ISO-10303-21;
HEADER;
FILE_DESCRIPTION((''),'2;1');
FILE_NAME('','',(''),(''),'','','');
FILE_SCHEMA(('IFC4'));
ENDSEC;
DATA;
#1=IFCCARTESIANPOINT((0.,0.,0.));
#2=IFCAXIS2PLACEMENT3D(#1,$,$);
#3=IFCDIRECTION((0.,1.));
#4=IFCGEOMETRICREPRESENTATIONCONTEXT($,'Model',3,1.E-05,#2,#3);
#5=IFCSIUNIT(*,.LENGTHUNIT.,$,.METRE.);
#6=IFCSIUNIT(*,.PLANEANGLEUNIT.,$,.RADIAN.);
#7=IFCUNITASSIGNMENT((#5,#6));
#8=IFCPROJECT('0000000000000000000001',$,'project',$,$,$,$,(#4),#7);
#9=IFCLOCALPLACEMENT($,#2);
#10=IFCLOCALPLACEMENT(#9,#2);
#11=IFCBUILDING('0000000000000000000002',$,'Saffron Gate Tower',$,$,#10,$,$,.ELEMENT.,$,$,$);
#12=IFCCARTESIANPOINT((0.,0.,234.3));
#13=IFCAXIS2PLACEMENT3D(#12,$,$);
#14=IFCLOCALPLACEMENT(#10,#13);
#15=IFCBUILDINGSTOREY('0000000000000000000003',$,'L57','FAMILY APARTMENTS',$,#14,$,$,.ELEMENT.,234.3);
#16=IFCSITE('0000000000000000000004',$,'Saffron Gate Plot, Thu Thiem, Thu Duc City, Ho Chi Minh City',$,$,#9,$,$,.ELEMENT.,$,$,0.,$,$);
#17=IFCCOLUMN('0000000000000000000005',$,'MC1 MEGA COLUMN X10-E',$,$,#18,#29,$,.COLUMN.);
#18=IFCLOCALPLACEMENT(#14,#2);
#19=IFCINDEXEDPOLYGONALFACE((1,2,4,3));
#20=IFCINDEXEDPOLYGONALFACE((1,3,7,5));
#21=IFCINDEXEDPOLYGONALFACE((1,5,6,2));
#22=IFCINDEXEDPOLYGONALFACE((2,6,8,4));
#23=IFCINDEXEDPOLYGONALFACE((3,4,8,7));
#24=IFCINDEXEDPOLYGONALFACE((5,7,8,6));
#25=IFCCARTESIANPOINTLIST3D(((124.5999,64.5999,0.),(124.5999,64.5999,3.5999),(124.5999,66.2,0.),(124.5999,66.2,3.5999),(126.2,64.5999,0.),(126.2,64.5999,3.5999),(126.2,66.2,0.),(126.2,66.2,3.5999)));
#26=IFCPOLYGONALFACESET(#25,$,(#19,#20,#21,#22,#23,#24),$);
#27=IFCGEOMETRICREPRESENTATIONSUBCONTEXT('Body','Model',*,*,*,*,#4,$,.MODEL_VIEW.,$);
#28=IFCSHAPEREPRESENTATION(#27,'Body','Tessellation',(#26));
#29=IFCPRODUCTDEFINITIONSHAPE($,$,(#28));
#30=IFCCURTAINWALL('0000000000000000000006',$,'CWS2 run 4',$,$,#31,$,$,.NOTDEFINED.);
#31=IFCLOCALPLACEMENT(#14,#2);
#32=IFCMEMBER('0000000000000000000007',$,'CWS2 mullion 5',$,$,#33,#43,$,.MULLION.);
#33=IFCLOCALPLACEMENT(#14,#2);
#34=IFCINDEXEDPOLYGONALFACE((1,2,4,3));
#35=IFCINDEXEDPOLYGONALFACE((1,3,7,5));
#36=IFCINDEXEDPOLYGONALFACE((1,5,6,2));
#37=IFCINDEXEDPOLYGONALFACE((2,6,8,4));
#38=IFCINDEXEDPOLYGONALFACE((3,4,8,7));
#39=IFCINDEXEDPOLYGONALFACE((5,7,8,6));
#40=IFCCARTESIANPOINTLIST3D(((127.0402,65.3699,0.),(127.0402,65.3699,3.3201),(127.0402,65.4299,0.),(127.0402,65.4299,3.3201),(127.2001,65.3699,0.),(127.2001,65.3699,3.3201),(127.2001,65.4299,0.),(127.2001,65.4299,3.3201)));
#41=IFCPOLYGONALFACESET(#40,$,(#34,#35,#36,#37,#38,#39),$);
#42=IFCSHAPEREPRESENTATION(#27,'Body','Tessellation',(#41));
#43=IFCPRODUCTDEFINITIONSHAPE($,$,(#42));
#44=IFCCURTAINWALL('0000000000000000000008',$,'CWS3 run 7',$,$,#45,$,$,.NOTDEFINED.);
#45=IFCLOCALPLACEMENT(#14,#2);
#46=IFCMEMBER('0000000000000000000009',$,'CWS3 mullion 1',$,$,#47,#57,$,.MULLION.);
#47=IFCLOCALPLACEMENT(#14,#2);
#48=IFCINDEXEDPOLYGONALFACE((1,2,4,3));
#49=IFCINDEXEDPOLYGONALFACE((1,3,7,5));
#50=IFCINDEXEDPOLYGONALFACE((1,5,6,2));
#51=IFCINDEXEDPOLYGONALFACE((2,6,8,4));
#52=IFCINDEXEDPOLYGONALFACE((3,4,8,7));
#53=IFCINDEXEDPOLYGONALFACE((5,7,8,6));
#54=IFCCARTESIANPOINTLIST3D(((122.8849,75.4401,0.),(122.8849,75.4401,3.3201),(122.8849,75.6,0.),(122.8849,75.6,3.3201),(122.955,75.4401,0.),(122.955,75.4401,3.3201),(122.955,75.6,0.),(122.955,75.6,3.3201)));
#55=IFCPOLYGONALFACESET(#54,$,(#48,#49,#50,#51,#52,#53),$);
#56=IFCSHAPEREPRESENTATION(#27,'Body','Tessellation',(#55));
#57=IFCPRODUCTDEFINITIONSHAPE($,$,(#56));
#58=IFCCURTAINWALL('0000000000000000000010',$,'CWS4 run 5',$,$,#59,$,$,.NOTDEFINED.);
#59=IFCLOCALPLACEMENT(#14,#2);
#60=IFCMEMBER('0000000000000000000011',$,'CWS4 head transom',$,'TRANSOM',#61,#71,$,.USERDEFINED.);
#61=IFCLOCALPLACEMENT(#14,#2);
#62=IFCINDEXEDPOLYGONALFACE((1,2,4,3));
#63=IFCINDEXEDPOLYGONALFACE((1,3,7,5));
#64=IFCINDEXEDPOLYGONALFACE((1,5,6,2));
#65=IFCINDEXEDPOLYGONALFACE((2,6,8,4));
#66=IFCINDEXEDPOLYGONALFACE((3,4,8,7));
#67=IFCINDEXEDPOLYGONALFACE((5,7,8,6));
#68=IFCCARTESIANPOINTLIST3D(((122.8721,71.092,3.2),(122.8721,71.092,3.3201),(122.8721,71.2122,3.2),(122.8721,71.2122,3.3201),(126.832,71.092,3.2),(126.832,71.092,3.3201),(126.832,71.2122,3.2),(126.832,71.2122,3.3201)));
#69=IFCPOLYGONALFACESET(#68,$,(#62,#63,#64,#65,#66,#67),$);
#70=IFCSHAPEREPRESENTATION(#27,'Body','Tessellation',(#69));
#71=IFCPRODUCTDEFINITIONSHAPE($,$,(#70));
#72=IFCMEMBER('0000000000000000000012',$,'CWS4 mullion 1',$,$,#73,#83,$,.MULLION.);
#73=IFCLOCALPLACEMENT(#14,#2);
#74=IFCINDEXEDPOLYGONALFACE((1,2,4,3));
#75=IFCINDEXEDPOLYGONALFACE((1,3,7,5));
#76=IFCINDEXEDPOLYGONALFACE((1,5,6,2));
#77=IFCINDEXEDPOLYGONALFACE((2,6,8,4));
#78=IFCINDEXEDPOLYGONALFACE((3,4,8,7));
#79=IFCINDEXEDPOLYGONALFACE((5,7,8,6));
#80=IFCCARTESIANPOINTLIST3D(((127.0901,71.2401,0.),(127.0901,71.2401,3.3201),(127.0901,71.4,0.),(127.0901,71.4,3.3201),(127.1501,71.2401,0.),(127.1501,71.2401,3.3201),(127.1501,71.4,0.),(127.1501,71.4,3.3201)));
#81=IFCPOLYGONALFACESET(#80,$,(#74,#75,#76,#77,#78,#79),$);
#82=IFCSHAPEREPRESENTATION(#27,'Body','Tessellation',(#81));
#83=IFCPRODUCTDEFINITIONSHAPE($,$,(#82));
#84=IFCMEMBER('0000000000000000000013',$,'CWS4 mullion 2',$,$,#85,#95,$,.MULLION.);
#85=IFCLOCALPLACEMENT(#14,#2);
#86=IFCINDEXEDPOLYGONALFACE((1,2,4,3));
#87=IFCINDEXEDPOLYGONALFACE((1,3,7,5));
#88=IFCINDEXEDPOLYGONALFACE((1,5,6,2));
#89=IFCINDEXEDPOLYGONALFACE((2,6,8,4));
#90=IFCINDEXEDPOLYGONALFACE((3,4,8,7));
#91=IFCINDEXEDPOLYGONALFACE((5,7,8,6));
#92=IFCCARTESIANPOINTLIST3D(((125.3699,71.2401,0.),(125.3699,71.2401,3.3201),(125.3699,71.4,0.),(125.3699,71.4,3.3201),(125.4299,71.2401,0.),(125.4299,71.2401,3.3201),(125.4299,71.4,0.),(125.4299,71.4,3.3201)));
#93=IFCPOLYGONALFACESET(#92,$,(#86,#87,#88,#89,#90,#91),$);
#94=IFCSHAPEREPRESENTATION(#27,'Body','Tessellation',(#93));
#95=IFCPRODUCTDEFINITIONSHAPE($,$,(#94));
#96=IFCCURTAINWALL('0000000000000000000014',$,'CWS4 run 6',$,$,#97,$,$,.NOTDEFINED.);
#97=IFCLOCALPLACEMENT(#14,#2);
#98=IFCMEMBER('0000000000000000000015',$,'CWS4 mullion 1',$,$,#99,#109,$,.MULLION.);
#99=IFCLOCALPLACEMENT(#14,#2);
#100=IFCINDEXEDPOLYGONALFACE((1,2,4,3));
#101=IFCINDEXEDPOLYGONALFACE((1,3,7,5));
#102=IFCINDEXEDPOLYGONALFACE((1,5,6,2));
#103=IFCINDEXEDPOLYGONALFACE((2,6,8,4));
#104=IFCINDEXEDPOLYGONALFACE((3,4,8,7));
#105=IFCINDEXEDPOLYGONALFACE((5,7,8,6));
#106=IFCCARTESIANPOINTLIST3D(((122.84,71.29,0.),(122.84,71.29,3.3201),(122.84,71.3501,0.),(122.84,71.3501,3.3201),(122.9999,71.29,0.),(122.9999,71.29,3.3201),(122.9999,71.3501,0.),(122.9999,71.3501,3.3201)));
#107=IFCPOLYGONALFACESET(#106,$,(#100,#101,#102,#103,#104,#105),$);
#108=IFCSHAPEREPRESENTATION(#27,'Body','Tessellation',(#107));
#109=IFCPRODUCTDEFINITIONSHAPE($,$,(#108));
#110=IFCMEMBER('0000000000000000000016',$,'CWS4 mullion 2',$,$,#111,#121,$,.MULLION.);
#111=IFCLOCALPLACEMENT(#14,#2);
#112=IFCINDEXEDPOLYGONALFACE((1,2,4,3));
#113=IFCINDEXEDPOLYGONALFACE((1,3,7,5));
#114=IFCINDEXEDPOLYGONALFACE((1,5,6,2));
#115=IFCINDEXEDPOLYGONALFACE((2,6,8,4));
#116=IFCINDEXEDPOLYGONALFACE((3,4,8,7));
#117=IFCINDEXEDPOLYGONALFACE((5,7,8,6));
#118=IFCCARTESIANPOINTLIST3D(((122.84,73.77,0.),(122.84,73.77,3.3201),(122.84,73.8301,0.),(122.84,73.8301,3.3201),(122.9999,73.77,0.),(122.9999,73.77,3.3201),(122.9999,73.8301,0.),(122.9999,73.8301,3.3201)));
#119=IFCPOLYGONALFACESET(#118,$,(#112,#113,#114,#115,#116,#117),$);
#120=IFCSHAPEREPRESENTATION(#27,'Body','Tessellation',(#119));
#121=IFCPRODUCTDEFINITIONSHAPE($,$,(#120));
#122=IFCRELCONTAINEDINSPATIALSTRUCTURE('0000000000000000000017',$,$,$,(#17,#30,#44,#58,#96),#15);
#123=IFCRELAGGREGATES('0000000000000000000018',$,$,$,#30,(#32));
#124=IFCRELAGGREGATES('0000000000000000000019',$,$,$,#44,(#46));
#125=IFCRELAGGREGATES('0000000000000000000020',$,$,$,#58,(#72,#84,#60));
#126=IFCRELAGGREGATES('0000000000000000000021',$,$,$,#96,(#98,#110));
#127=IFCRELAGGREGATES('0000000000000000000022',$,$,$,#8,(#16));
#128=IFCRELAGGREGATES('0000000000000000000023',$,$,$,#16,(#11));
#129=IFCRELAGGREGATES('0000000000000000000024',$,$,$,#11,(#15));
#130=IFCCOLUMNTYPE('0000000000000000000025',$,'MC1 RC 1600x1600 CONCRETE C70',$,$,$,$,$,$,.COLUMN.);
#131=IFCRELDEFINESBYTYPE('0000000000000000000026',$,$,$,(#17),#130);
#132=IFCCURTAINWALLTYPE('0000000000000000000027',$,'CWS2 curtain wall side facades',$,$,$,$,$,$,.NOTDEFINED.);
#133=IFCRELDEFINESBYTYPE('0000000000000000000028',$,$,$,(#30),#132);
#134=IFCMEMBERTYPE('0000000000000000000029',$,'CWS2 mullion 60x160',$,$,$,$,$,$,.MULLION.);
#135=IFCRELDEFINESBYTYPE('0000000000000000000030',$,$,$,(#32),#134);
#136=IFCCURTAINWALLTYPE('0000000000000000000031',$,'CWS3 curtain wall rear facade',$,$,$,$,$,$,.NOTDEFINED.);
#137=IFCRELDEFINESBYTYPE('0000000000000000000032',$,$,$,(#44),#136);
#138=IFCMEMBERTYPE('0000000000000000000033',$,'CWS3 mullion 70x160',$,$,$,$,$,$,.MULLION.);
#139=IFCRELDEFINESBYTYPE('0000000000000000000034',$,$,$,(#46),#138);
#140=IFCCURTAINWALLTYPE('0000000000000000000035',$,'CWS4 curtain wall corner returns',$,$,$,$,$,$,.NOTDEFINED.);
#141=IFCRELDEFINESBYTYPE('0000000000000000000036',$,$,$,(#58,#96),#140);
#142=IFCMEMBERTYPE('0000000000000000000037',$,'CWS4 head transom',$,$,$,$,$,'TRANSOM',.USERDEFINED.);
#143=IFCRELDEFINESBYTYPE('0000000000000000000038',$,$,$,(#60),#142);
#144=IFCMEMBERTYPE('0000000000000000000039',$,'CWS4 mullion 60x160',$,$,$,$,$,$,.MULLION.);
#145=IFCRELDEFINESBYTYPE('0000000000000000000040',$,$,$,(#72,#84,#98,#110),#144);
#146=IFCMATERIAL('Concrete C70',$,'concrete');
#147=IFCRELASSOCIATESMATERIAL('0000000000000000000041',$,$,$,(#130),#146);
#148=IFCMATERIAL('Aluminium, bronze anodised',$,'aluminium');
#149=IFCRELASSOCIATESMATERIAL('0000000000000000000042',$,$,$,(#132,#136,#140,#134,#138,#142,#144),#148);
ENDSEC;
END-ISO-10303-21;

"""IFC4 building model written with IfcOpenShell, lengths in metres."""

from ifc_helpers import new_model, si_unit, direction, frame, origin, origin_2d, place, context, subcontext, project, spatial, rectangle, extrude, material, material_profile, profile_set, type_object, element, aggregate, save


model = new_model("IFC4")

# Units and contexts
model_context = context("Model", 3, precision=1e-05, world=origin(), true_north=direction((0.0, 1.0)))
body_context = subcontext(model_context, "Body", "Model", "MODEL_VIEW")
ifc_project = project(units=[si_unit("LENGTHUNIT", "METRE"), si_unit("PLANEANGLEUNIT", "RADIAN")], contexts=[model_context])

# Site, building, storey
site_placement = place(None, origin())
site = spatial("IfcSite", under=ifc_project, at=site_placement, Name="Saffron Gate Plot, Thu Thiem, Thu Duc City, Ho Chi Minh City", CompositionType="ELEMENT", RefElevation=0.0)
building_placement = place(site_placement, origin())
building = spatial("IfcBuilding", under=site, at=building_placement, Name="Saffron Gate Tower", CompositionType="ELEMENT")
storey_placement = place(building_placement, frame((0.0, 0.0, 234.3)))
storey = spatial("IfcBuildingStorey", under=building, at=storey_placement, Name="L57", Description="FAMILY APARTMENTS", CompositionType="ELEMENT", Elevation=234.3)

# Column
ifc_material_1 = material(Name="Concrete C70", Category="concrete")
ifc_material_profile_1 = material_profile(ifc_material_1, rectangle(XDim=1.6001, YDim=1.6001, at=origin_2d()))
ifc_profile_set_1 = profile_set([ifc_material_profile_1], Name="Concrete C70")
column_type = type_object("IfcColumnType", Name="MC1 RC 1600x1600 CONCRETE C70", PredefinedType="COLUMN", material=ifc_profile_set_1)
column_placement = place(storey_placement, frame((125.3999, 65.3999, 0.0), z_axis=(0.0, 0.0, 1.0), x_axis=(1.0, 0.0, 0.0)))
element("IfcColumn", 1, at=column_placement, inside=storey, type_object=column_type, Name="MC1 MEGA COLUMN X10-E", PredefinedType="COLUMN", context=body_context, shape_type="SweptSolid", body=[
    extrude(rectangle(XDim=1.6001, YDim=1.6001, at=origin_2d()), origin(), (0.0, 0.0, 1.0), 3.5999),
])

# Curtain walls, members
ifc_material_2 = material(Name="Aluminium, bronze anodised", Category="aluminium")
curtain_wall_type_1 = type_object("IfcCurtainWallType", Name="CWS2 curtain wall side facades", PredefinedType="NOTDEFINED", material=ifc_material_2)
curtain_wall_1_placement = place(storey_placement, origin())
curtain_wall_1 = element("IfcCurtainWall", 2, at=curtain_wall_1_placement, inside=storey, type_object=curtain_wall_type_1, Name="CWS2 run 4", PredefinedType="NOTDEFINED")
ifc_material_profile_2 = material_profile(ifc_material_2, rectangle(XDim=0.1599, YDim=0.0601, at=origin_2d()))
ifc_profile_set_2 = profile_set([ifc_material_profile_2], Name="Aluminium, bronze anodised")
member_type_1 = type_object("IfcMemberType", Name="CWS2 mullion 60x160", PredefinedType="MULLION", material=ifc_profile_set_2)
member_1_placement = place(storey_placement, frame((127.1201, 65.3999, 0.0), z_axis=(0.0, 0.0, 1.0), x_axis=(-1.0, 0.0, 0.0)))
member_1 = element("IfcMember", 3, at=member_1_placement, type_object=member_type_1, Name="CWS2 mullion 5", PredefinedType="MULLION", context=body_context, shape_type="SweptSolid", body=[
    extrude(rectangle(XDim=0.1599, YDim=0.0601, at=origin_2d()), origin(), (0.0, 0.0, 1.0), 3.3201),
])
aggregate(curtain_wall_1, [member_1])
curtain_wall_type_2 = type_object("IfcCurtainWallType", Name="CWS3 curtain wall rear facade", PredefinedType="NOTDEFINED", material=ifc_material_2)
curtain_wall_2_placement = place(storey_placement, origin())
curtain_wall_2 = element("IfcCurtainWall", 4, at=curtain_wall_2_placement, inside=storey, type_object=curtain_wall_type_2, Name="CWS3 run 7", PredefinedType="NOTDEFINED")
ifc_material_profile_3 = material_profile(ifc_material_2, rectangle(XDim=0.1599, YDim=0.0701, at=origin_2d()))
ifc_profile_set_3 = profile_set([ifc_material_profile_3], Name="Aluminium, bronze anodised")
member_type_2 = type_object("IfcMemberType", Name="CWS3 mullion 70x160", PredefinedType="MULLION", material=ifc_profile_set_3)
member_2_placement = place(storey_placement, frame((122.9199, 75.52, 0.0), z_axis=(0.0, 0.0, 1.0), x_axis=(0.0, -1.0, 0.0)))
member_2 = element("IfcMember", 5, at=member_2_placement, type_object=member_type_2, Name="CWS3 mullion 1", PredefinedType="MULLION", context=body_context, shape_type="SweptSolid", body=[
    extrude(rectangle(XDim=0.1599, YDim=0.0701, at=origin_2d()), origin(), (0.0, 0.0, 1.0), 3.3201),
])

# Curtain walls, members
curtain_wall_type_3 = type_object("IfcCurtainWallType", Name="CWS4 curtain wall corner returns", PredefinedType="NOTDEFINED", material=ifc_material_2)
curtain_wall_3_placement = place(storey_placement, origin())
curtain_wall_3 = element("IfcCurtainWall", 6, at=curtain_wall_3_placement, inside=storey, type_object=curtain_wall_type_3, Name="CWS4 run 5", PredefinedType="NOTDEFINED")
ifc_material_profile_4 = material_profile(ifc_material_2, rectangle(XDim=0.1201, YDim=0.1201, at=origin_2d()))
ifc_profile_set_4 = profile_set([ifc_material_profile_4], Name="Aluminium, bronze anodised")
member_type_3 = type_object("IfcMemberType", Name="CWS4 head transom", ElementType="TRANSOM", PredefinedType="USERDEFINED", material=ifc_profile_set_4)
member_3_placement = place(storey_placement, frame((126.832, 71.1521, 3.26), z_axis=(-1.0, 0.0, 0.0), x_axis=(0.0, -1.0, 0.0)))
member_3 = element("IfcMember", 7, at=member_3_placement, type_object=member_type_3, Name="CWS4 head transom", ObjectType="TRANSOM", PredefinedType="USERDEFINED", context=body_context, shape_type="SweptSolid", body=[
    extrude(rectangle(XDim=0.1201, YDim=0.1201, at=origin_2d()), origin(), (0.0, 0.0, 1.0), 3.96),
])
ifc_material_profile_5 = material_profile(ifc_material_2, rectangle(XDim=0.1599, YDim=0.0601, at=origin_2d()))
ifc_profile_set_5 = profile_set([ifc_material_profile_5], Name="Aluminium, bronze anodised")
member_type_4 = type_object("IfcMemberType", Name="CWS4 mullion 60x160", PredefinedType="MULLION", material=ifc_profile_set_5)
member_4_placement = place(storey_placement, frame((127.1201, 71.3201, 0.0), z_axis=(0.0, 0.0, 1.0), x_axis=(0.0, -1.0, 0.0)))
member_4 = element("IfcMember", 8, at=member_4_placement, type_object=member_type_4, Name="CWS4 mullion 1", PredefinedType="MULLION", context=body_context, shape_type="SweptSolid", body=[
    extrude(rectangle(XDim=0.1599, YDim=0.0601, at=origin_2d()), origin(), (0.0, 0.0, 1.0), 3.3201),
])
member_5_placement = place(storey_placement, frame((125.3999, 71.3201, 0.0), z_axis=(0.0, 0.0, 1.0), x_axis=(0.0, -1.0, 0.0)))
member_5 = element("IfcMember", 9, at=member_5_placement, type_object=member_type_4, Name="CWS4 mullion 2", PredefinedType="MULLION", context=body_context, shape_type="SweptSolid", body=[
    extrude(rectangle(XDim=0.1599, YDim=0.0601, at=origin_2d()), origin(), (0.0, 0.0, 1.0), 3.3201),
])
curtain_wall_4_placement = place(storey_placement, origin())
curtain_wall_4 = element("IfcCurtainWall", 10, at=curtain_wall_4_placement, inside=storey, type_object=curtain_wall_type_3, Name="CWS4 run 6", PredefinedType="NOTDEFINED")
member_6_placement = place(storey_placement, frame((122.9199, 71.3201, 0.0), z_axis=(0.0, 0.0, 1.0), x_axis=(-1.0, 0.0, 0.0)))
member_6 = element("IfcMember", 11, at=member_6_placement, type_object=member_type_4, Name="CWS4 mullion 1", PredefinedType="MULLION", context=body_context, shape_type="SweptSolid", body=[
    extrude(rectangle(XDim=0.1599, YDim=0.0601, at=origin_2d()), origin(), (0.0, 0.0, 1.0), 3.3201),
])
member_7_placement = place(storey_placement, frame((122.9199, 73.8, 0.0), z_axis=(0.0, 0.0, 1.0), x_axis=(-1.0, 0.0, 0.0)))
member_7 = element("IfcMember", 12, at=member_7_placement, type_object=member_type_4, Name="CWS4 mullion 2", PredefinedType="MULLION", context=body_context, shape_type="SweptSolid", body=[
    extrude(rectangle(XDim=0.1599, YDim=0.0601, at=origin_2d()), origin(), (0.0, 0.0, 1.0), 3.3201),
])

aggregate(curtain_wall_2, [member_2])

aggregate(curtain_wall_3, [member_4, member_5, member_3])
aggregate(curtain_wall_4, [member_6, member_7])

save(model, "model.ifc")
